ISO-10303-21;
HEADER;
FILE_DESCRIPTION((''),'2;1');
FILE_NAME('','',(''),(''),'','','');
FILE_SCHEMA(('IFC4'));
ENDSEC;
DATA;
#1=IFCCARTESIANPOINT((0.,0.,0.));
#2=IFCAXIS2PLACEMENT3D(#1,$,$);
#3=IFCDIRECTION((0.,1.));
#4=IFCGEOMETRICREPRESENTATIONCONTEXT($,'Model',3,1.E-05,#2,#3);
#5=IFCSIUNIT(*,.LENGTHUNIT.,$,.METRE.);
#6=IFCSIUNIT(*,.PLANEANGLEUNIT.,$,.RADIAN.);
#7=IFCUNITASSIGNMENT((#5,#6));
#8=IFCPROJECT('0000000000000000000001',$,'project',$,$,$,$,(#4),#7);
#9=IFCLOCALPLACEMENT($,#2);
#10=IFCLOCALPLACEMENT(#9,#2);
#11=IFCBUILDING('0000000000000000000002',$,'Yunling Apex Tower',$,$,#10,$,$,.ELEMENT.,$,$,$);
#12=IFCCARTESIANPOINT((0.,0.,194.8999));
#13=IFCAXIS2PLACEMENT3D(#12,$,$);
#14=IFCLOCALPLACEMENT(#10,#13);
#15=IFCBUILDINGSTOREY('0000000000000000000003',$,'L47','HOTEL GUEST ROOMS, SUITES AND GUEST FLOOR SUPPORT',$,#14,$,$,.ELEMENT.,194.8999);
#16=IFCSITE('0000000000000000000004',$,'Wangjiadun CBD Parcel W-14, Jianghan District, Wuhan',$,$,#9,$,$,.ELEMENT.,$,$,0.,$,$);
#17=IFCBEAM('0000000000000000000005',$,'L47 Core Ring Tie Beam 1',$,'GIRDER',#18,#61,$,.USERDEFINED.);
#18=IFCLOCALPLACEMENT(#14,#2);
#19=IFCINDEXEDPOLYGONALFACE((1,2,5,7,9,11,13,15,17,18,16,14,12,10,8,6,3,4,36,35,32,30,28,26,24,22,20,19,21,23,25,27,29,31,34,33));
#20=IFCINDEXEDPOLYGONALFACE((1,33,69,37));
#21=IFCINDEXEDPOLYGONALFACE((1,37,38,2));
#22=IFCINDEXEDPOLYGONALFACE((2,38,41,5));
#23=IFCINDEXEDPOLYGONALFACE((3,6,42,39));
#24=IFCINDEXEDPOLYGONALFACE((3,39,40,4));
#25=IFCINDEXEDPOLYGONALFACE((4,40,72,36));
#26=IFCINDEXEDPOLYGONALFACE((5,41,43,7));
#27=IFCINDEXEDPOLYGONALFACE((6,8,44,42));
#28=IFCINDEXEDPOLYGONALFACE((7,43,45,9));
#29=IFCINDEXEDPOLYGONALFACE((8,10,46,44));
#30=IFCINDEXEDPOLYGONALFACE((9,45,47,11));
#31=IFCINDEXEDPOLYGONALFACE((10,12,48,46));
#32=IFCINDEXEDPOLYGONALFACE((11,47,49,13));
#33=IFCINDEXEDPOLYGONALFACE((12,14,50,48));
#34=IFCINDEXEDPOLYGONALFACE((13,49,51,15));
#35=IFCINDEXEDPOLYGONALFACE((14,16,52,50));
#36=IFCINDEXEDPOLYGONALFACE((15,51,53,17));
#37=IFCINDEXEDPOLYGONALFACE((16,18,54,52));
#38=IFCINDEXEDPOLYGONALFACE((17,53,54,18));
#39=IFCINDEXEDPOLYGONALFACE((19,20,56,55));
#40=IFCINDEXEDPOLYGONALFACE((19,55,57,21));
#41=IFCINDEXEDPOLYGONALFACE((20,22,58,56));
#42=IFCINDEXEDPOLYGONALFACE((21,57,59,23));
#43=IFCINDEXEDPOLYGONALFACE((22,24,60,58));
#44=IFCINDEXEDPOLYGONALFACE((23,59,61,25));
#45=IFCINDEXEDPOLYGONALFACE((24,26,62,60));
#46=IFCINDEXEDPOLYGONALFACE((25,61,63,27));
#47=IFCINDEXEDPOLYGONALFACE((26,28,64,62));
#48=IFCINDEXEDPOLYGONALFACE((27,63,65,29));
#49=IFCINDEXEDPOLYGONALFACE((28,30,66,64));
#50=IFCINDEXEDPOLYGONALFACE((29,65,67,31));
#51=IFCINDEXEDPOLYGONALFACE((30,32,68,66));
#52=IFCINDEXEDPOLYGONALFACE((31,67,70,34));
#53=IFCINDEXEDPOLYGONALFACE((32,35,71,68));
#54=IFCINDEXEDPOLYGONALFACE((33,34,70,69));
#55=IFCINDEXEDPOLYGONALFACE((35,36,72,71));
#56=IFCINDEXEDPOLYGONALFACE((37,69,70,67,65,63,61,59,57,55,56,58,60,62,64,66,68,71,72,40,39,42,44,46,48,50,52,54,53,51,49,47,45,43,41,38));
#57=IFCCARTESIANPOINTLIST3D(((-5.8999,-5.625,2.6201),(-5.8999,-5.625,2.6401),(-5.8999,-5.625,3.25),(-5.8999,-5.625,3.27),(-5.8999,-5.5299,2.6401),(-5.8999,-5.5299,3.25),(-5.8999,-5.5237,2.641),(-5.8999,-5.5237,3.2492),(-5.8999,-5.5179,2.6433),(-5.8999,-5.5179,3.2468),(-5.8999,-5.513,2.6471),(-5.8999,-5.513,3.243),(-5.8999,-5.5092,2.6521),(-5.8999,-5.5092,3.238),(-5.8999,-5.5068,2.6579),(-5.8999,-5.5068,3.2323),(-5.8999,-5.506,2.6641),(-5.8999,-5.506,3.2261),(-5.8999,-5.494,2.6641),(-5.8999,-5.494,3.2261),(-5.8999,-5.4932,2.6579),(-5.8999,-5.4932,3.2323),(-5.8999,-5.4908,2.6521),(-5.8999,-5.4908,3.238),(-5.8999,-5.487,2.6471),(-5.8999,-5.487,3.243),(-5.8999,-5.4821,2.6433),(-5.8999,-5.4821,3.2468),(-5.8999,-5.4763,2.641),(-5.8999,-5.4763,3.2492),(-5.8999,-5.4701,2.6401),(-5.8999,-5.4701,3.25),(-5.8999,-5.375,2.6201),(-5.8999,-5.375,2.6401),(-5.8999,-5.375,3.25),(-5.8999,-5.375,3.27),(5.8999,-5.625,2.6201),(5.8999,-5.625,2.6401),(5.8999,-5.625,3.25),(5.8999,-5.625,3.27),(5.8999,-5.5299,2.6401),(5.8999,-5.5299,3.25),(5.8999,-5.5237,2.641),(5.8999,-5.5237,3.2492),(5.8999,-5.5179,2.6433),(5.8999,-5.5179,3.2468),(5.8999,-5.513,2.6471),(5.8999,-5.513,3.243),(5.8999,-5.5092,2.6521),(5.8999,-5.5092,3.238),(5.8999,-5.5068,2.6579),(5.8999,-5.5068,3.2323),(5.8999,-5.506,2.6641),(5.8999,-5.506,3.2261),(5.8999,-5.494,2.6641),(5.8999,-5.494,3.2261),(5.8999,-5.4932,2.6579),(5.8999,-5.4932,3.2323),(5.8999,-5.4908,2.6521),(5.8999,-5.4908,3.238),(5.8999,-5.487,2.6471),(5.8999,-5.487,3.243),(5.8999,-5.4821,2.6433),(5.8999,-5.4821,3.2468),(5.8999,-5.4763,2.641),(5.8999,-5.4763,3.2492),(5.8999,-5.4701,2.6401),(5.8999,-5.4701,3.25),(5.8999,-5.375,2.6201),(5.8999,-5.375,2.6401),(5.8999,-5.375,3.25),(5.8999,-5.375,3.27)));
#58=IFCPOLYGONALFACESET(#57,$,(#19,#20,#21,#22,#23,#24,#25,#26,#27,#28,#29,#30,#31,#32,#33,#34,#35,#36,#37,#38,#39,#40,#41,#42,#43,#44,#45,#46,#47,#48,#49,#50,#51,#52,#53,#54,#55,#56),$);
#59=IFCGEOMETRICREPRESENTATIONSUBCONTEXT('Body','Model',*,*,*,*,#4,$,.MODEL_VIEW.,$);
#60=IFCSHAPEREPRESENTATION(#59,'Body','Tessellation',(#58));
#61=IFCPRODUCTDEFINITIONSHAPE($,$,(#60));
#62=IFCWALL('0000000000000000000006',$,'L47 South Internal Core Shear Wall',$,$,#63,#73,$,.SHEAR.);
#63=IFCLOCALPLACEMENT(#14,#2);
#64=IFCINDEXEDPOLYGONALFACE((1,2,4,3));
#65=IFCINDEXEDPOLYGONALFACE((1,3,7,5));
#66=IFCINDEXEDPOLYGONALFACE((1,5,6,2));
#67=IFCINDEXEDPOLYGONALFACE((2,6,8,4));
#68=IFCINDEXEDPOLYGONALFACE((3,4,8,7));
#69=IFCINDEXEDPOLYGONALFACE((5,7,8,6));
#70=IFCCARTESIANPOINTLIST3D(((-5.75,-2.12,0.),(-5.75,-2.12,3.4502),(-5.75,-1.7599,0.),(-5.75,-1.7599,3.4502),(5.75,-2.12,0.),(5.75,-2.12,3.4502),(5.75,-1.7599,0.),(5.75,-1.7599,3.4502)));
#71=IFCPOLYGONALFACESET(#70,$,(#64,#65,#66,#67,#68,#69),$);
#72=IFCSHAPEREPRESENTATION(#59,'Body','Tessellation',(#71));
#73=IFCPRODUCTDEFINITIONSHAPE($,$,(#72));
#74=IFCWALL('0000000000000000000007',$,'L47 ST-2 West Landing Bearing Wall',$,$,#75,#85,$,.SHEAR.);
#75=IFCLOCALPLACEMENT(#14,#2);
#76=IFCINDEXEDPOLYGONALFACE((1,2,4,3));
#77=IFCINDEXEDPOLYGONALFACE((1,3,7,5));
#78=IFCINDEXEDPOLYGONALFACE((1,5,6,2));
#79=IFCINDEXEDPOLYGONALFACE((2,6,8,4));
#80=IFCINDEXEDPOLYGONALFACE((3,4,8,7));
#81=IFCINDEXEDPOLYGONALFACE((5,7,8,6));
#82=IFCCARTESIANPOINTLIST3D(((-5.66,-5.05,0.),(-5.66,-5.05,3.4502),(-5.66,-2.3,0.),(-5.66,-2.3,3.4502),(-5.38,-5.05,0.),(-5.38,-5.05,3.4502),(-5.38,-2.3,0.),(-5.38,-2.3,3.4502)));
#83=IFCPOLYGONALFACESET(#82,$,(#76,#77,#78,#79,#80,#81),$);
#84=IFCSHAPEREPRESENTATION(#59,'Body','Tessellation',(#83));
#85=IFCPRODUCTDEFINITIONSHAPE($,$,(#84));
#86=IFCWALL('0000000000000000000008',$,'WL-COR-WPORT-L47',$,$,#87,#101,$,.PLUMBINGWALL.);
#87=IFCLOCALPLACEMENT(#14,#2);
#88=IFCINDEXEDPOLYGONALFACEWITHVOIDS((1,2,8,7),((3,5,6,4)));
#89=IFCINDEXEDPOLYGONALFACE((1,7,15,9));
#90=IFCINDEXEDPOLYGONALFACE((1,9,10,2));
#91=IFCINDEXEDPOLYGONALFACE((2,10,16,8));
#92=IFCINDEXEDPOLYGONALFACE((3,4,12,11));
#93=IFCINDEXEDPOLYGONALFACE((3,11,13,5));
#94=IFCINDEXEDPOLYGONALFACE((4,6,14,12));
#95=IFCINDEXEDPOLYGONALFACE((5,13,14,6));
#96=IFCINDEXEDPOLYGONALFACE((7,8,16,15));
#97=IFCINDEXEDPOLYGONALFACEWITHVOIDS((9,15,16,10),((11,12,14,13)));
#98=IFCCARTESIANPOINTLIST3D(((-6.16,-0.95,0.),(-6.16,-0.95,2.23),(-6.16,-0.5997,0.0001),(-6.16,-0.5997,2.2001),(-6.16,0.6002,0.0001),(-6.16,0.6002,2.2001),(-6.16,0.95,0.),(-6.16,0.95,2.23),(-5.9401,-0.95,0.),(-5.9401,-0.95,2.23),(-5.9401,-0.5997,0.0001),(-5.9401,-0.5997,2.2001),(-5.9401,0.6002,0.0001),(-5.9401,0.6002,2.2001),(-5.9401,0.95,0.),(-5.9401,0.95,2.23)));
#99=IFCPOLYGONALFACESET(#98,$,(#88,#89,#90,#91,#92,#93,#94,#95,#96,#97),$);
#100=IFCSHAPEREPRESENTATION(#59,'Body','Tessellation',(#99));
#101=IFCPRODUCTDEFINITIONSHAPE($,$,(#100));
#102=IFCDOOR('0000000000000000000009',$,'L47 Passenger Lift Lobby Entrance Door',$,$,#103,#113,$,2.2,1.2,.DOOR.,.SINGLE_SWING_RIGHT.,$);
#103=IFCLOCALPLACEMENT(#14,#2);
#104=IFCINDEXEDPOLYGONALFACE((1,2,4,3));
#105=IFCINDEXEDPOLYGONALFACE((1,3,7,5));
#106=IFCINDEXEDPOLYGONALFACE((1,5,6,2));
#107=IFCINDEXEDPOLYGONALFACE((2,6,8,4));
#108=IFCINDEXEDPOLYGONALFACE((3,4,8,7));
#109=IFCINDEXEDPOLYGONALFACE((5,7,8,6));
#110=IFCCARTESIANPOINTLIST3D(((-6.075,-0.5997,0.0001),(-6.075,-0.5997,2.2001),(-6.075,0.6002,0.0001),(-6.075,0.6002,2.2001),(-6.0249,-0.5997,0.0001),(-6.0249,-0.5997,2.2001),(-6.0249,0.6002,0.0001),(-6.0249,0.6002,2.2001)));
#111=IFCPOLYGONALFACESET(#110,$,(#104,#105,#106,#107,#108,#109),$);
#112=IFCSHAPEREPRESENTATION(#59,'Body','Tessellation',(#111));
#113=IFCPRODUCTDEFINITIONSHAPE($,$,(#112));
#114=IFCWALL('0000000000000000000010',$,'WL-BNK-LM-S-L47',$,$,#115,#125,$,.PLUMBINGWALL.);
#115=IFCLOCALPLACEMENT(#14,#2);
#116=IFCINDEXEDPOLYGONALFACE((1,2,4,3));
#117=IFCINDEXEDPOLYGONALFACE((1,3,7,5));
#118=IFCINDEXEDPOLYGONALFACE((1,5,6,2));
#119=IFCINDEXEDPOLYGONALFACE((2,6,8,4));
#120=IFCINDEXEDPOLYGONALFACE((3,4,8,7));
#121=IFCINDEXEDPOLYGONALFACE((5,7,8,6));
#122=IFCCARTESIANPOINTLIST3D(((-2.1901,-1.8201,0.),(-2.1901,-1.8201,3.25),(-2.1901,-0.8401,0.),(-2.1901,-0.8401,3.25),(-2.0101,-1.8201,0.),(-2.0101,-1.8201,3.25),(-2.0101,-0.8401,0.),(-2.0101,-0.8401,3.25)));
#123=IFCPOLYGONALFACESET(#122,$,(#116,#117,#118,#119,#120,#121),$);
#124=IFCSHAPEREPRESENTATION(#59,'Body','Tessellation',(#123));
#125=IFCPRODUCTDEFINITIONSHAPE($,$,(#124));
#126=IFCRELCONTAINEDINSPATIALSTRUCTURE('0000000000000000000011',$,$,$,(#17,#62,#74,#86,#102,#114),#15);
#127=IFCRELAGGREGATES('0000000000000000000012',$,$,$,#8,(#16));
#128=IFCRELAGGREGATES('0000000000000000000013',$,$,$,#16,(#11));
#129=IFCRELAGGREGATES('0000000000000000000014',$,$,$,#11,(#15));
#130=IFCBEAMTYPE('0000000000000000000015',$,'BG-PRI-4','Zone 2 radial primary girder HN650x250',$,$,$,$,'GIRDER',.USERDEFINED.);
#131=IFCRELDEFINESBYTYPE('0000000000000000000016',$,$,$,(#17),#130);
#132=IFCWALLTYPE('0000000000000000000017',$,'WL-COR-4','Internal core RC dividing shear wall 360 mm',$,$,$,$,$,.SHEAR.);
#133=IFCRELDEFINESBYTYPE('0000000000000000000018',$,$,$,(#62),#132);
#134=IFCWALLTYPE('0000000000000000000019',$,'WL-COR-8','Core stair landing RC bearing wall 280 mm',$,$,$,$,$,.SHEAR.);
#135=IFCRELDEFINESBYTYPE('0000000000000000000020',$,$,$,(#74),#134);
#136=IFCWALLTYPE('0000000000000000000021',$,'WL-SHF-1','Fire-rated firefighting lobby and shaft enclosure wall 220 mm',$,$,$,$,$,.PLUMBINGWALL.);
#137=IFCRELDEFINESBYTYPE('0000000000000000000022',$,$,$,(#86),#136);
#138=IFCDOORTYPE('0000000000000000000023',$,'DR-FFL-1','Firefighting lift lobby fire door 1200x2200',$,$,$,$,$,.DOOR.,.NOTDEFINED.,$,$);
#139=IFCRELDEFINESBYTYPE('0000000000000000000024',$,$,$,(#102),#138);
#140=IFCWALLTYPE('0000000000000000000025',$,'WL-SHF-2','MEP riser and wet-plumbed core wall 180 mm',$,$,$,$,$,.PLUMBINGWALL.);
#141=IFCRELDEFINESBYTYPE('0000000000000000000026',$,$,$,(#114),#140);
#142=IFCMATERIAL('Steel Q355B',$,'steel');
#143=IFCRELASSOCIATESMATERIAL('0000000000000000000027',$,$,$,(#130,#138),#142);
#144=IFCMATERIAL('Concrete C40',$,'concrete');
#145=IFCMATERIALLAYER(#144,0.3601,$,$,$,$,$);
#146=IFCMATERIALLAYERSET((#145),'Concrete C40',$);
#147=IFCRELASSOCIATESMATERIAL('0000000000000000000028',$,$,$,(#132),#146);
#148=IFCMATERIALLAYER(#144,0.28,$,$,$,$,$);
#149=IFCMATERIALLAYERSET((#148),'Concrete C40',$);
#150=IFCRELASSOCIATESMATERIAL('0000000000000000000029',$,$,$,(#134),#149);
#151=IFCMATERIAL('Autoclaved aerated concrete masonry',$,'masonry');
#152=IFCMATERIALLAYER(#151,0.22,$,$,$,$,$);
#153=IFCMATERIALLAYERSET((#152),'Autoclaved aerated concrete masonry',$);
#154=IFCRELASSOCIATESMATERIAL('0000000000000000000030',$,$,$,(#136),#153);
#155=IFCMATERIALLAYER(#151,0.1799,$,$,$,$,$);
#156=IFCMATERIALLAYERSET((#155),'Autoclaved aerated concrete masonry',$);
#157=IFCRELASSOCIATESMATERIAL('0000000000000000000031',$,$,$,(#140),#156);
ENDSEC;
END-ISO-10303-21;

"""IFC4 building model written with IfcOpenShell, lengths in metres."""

from ifc_helpers import new_model, si_unit, direction, frame, frame_2d, origin, origin_2d, place, context, subcontext, project, spatial, rectangle, i_section, extrude, source, transform, mapped, material, layer, layer_set, material_profile, profile_set, type_object, element, fill, save


model = new_model("IFC4")

# Units and contexts
model_context = context("Model", 3, precision=1e-05, world=origin(), true_north=direction((0.0, 1.0)))
body_context = subcontext(model_context, "Body", "Model", "MODEL_VIEW")
ifc_project = project(units=[si_unit("LENGTHUNIT", "METRE"), si_unit("PLANEANGLEUNIT", "RADIAN")], contexts=[model_context])

# Site, building, storey
site_placement = place(None, origin())
site = spatial("IfcSite", under=ifc_project, at=site_placement, Name="Wangjiadun CBD Parcel W-14, Jianghan District, Wuhan", CompositionType="ELEMENT", RefElevation=0.0)
building_placement = place(site_placement, origin())
building = spatial("IfcBuilding", under=site, at=building_placement, Name="Yunling Apex Tower", CompositionType="ELEMENT")
storey_placement = place(building_placement, frame((0.0, 0.0, 194.8999)))
storey = spatial("IfcBuildingStorey", under=building, at=storey_placement, Name="L47", Description="HOTEL GUEST ROOMS, SUITES AND GUEST FLOOR SUPPORT", CompositionType="ELEMENT", Elevation=194.8999)

# Beam
ifc_material_1 = material(Name="Steel Q355B", Category="steel")
ifc_material_profile_1 = material_profile(ifc_material_1, i_section(OverallWidth=0.25, OverallDepth=0.6499, WebThickness=0.012, FlangeThickness=0.02, FilletRadius=0.0239, at=origin_2d()))
ifc_profile_set_1 = profile_set([ifc_material_profile_1], Name="Steel Q355B")
beam_type_1 = type_object("IfcBeamType", Name="BG-PRI-4", Description="Zone 2 radial primary girder HN650x250", ElementType="GIRDER", PredefinedType="USERDEFINED", material=ifc_profile_set_1)
shared_shape_1 = source(origin(), body_context, "Body", "SweptSolid", [
    extrude(i_section(OverallWidth=0.25, OverallDepth=0.6499, WebThickness=0.012, FlangeThickness=0.02, FilletRadius=0.0239, at=origin_2d()), origin(), (0.0, 0.0, 1.0), 11.7998),
])
beam_1_placement = place(storey_placement, frame((-5.8999, -5.5, 2.9451), z_axis=(1.0, 0.0, 0.0), x_axis=(0.0, 1.0, 0.0)))
element("IfcBeam", 1, at=beam_1_placement, inside=storey, type_object=beam_type_1, Name="L47 Core Ring Tie Beam 1", ObjectType="GIRDER", PredefinedType="USERDEFINED", context=body_context, shape_type="MappedRepresentation", body=[
    mapped(shared_shape_1, transform((0.0, 0.0, 0.0), scale=1.0)),
])

# Walls
ifc_material_2 = material(Name="Concrete C40", Category="concrete")
ifc_layer_1 = layer(ifc_material_2, 0.3601)
ifc_layer_set_1 = layer_set([ifc_layer_1], Name="Concrete C40")
wall_type_1 = type_object("IfcWallType", Name="WL-COR-4", Description="Internal core RC dividing shear wall 360 mm", PredefinedType="SHEAR", material=ifc_layer_set_1)
wall_1_placement = place(storey_placement, frame((-5.75, -1.9399, 0.0), z_axis=(0.0, 0.0, 1.0), x_axis=(1.0, 0.0, 0.0)))
element("IfcWall", 2, at=wall_1_placement, inside=storey, type_object=wall_type_1, Name="L47 South Internal Core Shear Wall", PredefinedType="SHEAR", context=body_context, shape_type="SweptSolid", body=[
    extrude(rectangle(XDim=11.5, YDim=0.3601, at=frame_2d((5.75, 0.0))), origin(), (0.0, 0.0, 1.0), 3.4502),
])
ifc_layer_2 = layer(ifc_material_2, 0.28)
ifc_layer_set_2 = layer_set([ifc_layer_2], Name="Concrete C40")
wall_type_2 = type_object("IfcWallType", Name="WL-COR-8", Description="Core stair landing RC bearing wall 280 mm", PredefinedType="SHEAR", material=ifc_layer_set_2)
wall_2_placement = place(storey_placement, frame((-5.52, -5.05, 0.0), z_axis=(0.0, 0.0, 1.0), x_axis=(0.0, 1.0, 0.0)))
element("IfcWall", 3, at=wall_2_placement, inside=storey, type_object=wall_type_2, Name="L47 ST-2 West Landing Bearing Wall", PredefinedType="SHEAR", context=body_context, shape_type="SweptSolid", body=[
    extrude(rectangle(XDim=2.75, YDim=0.28, at=frame_2d((1.375, 0.0))), origin(), (0.0, 0.0, 1.0), 3.4502),
])

# Wall, opening, door
ifc_material_3 = material(Name="Autoclaved aerated concrete masonry", Category="masonry")
ifc_layer_3 = layer(ifc_material_3, 0.22)
ifc_layer_set_3 = layer_set([ifc_layer_3], Name="Autoclaved aerated concrete masonry")
wall_type_3 = type_object("IfcWallType", Name="WL-SHF-1", Description="Fire-rated firefighting lobby and shaft enclosure wall 220 mm", PredefinedType="PLUMBINGWALL", material=ifc_layer_set_3)
wall_3_placement = place(storey_placement, frame((-6.05, -0.95, 0.0), z_axis=(0.0, 0.0, 1.0), x_axis=(0.0, 1.0, 0.0)))
wall_3 = element("IfcWall", 4, at=wall_3_placement, inside=storey, type_object=wall_type_3, Name="WL-COR-WPORT-L47", PredefinedType="PLUMBINGWALL", context=body_context, shape_type="SweptSolid", body=[
    extrude(rectangle(XDim=1.8999, YDim=0.22, at=frame_2d((0.95, 0.0))), origin(), (0.0, 0.0, 1.0), 2.23),
])
opening_1_placement = place(wall_3_placement, frame((0.3501, 0.0, 0.0)))
opening_1 = element("IfcOpeningElement", 5, at=opening_1_placement, cuts=wall_3, PredefinedType="OPENING", context=body_context, shape_type="SweptSolid", body=[
    extrude(rectangle(XDim=1.2, YDim=2.2, at=frame_2d((0.6001, 1.1001))), frame((0.0, 0.1201, 0.0), z_axis=(0.0, -1.0, 0.0), x_axis=(1.0, 0.0, 0.0)), (0.0, 0.0, 1.0), 0.24),
])
door_type_1 = type_object("IfcDoorType", Name="DR-FFL-1", Description="Firefighting lift lobby fire door 1200x2200", OperationType="NOTDEFINED", PredefinedType="DOOR", material=ifc_material_1)
door_1_placement = place(opening_1_placement, origin())
door_1 = element("IfcDoor", 6, at=door_1_placement, inside=storey, type_object=door_type_1, Name="L47 Passenger Lift Lobby Entrance Door", OperationType="SINGLE_SWING_RIGHT", OverallHeight=2.2, OverallWidth=1.2, PredefinedType="DOOR", context=body_context, shape_type="SweptSolid", body=[
    extrude(rectangle(XDim=1.2, YDim=2.2, at=frame_2d((0.6001, 1.1001))), frame((0.0, 0.0249, 0.0), z_axis=(0.0, -1.0, 0.0), x_axis=(1.0, 0.0, 0.0)), (0.0, 0.0, 1.0), 0.05),
])
fill(opening_1, door_1)

# Wall
ifc_layer_4 = layer(ifc_material_3, 0.1799)
ifc_layer_set_4 = layer_set([ifc_layer_4], Name="Autoclaved aerated concrete masonry")
wall_type_4 = type_object("IfcWallType", Name="WL-SHF-2", Description="MEP riser and wet-plumbed core wall 180 mm", PredefinedType="PLUMBINGWALL", material=ifc_layer_set_4)
wall_4_placement = place(storey_placement, frame((-2.1001, -1.8201, 0.0), z_axis=(0.0, 0.0, 1.0), x_axis=(0.0, 1.0, 0.0)))
element("IfcWall", 7, at=wall_4_placement, inside=storey, type_object=wall_type_4, Name="WL-BNK-LM-S-L47", PredefinedType="PLUMBINGWALL", context=body_context, shape_type="SweptSolid", body=[
    extrude(rectangle(XDim=0.98, YDim=0.1799, at=frame_2d((0.49, 0.0))), origin(), (0.0, 0.0, 1.0), 3.25),
])

save(model, "model.ifc")
